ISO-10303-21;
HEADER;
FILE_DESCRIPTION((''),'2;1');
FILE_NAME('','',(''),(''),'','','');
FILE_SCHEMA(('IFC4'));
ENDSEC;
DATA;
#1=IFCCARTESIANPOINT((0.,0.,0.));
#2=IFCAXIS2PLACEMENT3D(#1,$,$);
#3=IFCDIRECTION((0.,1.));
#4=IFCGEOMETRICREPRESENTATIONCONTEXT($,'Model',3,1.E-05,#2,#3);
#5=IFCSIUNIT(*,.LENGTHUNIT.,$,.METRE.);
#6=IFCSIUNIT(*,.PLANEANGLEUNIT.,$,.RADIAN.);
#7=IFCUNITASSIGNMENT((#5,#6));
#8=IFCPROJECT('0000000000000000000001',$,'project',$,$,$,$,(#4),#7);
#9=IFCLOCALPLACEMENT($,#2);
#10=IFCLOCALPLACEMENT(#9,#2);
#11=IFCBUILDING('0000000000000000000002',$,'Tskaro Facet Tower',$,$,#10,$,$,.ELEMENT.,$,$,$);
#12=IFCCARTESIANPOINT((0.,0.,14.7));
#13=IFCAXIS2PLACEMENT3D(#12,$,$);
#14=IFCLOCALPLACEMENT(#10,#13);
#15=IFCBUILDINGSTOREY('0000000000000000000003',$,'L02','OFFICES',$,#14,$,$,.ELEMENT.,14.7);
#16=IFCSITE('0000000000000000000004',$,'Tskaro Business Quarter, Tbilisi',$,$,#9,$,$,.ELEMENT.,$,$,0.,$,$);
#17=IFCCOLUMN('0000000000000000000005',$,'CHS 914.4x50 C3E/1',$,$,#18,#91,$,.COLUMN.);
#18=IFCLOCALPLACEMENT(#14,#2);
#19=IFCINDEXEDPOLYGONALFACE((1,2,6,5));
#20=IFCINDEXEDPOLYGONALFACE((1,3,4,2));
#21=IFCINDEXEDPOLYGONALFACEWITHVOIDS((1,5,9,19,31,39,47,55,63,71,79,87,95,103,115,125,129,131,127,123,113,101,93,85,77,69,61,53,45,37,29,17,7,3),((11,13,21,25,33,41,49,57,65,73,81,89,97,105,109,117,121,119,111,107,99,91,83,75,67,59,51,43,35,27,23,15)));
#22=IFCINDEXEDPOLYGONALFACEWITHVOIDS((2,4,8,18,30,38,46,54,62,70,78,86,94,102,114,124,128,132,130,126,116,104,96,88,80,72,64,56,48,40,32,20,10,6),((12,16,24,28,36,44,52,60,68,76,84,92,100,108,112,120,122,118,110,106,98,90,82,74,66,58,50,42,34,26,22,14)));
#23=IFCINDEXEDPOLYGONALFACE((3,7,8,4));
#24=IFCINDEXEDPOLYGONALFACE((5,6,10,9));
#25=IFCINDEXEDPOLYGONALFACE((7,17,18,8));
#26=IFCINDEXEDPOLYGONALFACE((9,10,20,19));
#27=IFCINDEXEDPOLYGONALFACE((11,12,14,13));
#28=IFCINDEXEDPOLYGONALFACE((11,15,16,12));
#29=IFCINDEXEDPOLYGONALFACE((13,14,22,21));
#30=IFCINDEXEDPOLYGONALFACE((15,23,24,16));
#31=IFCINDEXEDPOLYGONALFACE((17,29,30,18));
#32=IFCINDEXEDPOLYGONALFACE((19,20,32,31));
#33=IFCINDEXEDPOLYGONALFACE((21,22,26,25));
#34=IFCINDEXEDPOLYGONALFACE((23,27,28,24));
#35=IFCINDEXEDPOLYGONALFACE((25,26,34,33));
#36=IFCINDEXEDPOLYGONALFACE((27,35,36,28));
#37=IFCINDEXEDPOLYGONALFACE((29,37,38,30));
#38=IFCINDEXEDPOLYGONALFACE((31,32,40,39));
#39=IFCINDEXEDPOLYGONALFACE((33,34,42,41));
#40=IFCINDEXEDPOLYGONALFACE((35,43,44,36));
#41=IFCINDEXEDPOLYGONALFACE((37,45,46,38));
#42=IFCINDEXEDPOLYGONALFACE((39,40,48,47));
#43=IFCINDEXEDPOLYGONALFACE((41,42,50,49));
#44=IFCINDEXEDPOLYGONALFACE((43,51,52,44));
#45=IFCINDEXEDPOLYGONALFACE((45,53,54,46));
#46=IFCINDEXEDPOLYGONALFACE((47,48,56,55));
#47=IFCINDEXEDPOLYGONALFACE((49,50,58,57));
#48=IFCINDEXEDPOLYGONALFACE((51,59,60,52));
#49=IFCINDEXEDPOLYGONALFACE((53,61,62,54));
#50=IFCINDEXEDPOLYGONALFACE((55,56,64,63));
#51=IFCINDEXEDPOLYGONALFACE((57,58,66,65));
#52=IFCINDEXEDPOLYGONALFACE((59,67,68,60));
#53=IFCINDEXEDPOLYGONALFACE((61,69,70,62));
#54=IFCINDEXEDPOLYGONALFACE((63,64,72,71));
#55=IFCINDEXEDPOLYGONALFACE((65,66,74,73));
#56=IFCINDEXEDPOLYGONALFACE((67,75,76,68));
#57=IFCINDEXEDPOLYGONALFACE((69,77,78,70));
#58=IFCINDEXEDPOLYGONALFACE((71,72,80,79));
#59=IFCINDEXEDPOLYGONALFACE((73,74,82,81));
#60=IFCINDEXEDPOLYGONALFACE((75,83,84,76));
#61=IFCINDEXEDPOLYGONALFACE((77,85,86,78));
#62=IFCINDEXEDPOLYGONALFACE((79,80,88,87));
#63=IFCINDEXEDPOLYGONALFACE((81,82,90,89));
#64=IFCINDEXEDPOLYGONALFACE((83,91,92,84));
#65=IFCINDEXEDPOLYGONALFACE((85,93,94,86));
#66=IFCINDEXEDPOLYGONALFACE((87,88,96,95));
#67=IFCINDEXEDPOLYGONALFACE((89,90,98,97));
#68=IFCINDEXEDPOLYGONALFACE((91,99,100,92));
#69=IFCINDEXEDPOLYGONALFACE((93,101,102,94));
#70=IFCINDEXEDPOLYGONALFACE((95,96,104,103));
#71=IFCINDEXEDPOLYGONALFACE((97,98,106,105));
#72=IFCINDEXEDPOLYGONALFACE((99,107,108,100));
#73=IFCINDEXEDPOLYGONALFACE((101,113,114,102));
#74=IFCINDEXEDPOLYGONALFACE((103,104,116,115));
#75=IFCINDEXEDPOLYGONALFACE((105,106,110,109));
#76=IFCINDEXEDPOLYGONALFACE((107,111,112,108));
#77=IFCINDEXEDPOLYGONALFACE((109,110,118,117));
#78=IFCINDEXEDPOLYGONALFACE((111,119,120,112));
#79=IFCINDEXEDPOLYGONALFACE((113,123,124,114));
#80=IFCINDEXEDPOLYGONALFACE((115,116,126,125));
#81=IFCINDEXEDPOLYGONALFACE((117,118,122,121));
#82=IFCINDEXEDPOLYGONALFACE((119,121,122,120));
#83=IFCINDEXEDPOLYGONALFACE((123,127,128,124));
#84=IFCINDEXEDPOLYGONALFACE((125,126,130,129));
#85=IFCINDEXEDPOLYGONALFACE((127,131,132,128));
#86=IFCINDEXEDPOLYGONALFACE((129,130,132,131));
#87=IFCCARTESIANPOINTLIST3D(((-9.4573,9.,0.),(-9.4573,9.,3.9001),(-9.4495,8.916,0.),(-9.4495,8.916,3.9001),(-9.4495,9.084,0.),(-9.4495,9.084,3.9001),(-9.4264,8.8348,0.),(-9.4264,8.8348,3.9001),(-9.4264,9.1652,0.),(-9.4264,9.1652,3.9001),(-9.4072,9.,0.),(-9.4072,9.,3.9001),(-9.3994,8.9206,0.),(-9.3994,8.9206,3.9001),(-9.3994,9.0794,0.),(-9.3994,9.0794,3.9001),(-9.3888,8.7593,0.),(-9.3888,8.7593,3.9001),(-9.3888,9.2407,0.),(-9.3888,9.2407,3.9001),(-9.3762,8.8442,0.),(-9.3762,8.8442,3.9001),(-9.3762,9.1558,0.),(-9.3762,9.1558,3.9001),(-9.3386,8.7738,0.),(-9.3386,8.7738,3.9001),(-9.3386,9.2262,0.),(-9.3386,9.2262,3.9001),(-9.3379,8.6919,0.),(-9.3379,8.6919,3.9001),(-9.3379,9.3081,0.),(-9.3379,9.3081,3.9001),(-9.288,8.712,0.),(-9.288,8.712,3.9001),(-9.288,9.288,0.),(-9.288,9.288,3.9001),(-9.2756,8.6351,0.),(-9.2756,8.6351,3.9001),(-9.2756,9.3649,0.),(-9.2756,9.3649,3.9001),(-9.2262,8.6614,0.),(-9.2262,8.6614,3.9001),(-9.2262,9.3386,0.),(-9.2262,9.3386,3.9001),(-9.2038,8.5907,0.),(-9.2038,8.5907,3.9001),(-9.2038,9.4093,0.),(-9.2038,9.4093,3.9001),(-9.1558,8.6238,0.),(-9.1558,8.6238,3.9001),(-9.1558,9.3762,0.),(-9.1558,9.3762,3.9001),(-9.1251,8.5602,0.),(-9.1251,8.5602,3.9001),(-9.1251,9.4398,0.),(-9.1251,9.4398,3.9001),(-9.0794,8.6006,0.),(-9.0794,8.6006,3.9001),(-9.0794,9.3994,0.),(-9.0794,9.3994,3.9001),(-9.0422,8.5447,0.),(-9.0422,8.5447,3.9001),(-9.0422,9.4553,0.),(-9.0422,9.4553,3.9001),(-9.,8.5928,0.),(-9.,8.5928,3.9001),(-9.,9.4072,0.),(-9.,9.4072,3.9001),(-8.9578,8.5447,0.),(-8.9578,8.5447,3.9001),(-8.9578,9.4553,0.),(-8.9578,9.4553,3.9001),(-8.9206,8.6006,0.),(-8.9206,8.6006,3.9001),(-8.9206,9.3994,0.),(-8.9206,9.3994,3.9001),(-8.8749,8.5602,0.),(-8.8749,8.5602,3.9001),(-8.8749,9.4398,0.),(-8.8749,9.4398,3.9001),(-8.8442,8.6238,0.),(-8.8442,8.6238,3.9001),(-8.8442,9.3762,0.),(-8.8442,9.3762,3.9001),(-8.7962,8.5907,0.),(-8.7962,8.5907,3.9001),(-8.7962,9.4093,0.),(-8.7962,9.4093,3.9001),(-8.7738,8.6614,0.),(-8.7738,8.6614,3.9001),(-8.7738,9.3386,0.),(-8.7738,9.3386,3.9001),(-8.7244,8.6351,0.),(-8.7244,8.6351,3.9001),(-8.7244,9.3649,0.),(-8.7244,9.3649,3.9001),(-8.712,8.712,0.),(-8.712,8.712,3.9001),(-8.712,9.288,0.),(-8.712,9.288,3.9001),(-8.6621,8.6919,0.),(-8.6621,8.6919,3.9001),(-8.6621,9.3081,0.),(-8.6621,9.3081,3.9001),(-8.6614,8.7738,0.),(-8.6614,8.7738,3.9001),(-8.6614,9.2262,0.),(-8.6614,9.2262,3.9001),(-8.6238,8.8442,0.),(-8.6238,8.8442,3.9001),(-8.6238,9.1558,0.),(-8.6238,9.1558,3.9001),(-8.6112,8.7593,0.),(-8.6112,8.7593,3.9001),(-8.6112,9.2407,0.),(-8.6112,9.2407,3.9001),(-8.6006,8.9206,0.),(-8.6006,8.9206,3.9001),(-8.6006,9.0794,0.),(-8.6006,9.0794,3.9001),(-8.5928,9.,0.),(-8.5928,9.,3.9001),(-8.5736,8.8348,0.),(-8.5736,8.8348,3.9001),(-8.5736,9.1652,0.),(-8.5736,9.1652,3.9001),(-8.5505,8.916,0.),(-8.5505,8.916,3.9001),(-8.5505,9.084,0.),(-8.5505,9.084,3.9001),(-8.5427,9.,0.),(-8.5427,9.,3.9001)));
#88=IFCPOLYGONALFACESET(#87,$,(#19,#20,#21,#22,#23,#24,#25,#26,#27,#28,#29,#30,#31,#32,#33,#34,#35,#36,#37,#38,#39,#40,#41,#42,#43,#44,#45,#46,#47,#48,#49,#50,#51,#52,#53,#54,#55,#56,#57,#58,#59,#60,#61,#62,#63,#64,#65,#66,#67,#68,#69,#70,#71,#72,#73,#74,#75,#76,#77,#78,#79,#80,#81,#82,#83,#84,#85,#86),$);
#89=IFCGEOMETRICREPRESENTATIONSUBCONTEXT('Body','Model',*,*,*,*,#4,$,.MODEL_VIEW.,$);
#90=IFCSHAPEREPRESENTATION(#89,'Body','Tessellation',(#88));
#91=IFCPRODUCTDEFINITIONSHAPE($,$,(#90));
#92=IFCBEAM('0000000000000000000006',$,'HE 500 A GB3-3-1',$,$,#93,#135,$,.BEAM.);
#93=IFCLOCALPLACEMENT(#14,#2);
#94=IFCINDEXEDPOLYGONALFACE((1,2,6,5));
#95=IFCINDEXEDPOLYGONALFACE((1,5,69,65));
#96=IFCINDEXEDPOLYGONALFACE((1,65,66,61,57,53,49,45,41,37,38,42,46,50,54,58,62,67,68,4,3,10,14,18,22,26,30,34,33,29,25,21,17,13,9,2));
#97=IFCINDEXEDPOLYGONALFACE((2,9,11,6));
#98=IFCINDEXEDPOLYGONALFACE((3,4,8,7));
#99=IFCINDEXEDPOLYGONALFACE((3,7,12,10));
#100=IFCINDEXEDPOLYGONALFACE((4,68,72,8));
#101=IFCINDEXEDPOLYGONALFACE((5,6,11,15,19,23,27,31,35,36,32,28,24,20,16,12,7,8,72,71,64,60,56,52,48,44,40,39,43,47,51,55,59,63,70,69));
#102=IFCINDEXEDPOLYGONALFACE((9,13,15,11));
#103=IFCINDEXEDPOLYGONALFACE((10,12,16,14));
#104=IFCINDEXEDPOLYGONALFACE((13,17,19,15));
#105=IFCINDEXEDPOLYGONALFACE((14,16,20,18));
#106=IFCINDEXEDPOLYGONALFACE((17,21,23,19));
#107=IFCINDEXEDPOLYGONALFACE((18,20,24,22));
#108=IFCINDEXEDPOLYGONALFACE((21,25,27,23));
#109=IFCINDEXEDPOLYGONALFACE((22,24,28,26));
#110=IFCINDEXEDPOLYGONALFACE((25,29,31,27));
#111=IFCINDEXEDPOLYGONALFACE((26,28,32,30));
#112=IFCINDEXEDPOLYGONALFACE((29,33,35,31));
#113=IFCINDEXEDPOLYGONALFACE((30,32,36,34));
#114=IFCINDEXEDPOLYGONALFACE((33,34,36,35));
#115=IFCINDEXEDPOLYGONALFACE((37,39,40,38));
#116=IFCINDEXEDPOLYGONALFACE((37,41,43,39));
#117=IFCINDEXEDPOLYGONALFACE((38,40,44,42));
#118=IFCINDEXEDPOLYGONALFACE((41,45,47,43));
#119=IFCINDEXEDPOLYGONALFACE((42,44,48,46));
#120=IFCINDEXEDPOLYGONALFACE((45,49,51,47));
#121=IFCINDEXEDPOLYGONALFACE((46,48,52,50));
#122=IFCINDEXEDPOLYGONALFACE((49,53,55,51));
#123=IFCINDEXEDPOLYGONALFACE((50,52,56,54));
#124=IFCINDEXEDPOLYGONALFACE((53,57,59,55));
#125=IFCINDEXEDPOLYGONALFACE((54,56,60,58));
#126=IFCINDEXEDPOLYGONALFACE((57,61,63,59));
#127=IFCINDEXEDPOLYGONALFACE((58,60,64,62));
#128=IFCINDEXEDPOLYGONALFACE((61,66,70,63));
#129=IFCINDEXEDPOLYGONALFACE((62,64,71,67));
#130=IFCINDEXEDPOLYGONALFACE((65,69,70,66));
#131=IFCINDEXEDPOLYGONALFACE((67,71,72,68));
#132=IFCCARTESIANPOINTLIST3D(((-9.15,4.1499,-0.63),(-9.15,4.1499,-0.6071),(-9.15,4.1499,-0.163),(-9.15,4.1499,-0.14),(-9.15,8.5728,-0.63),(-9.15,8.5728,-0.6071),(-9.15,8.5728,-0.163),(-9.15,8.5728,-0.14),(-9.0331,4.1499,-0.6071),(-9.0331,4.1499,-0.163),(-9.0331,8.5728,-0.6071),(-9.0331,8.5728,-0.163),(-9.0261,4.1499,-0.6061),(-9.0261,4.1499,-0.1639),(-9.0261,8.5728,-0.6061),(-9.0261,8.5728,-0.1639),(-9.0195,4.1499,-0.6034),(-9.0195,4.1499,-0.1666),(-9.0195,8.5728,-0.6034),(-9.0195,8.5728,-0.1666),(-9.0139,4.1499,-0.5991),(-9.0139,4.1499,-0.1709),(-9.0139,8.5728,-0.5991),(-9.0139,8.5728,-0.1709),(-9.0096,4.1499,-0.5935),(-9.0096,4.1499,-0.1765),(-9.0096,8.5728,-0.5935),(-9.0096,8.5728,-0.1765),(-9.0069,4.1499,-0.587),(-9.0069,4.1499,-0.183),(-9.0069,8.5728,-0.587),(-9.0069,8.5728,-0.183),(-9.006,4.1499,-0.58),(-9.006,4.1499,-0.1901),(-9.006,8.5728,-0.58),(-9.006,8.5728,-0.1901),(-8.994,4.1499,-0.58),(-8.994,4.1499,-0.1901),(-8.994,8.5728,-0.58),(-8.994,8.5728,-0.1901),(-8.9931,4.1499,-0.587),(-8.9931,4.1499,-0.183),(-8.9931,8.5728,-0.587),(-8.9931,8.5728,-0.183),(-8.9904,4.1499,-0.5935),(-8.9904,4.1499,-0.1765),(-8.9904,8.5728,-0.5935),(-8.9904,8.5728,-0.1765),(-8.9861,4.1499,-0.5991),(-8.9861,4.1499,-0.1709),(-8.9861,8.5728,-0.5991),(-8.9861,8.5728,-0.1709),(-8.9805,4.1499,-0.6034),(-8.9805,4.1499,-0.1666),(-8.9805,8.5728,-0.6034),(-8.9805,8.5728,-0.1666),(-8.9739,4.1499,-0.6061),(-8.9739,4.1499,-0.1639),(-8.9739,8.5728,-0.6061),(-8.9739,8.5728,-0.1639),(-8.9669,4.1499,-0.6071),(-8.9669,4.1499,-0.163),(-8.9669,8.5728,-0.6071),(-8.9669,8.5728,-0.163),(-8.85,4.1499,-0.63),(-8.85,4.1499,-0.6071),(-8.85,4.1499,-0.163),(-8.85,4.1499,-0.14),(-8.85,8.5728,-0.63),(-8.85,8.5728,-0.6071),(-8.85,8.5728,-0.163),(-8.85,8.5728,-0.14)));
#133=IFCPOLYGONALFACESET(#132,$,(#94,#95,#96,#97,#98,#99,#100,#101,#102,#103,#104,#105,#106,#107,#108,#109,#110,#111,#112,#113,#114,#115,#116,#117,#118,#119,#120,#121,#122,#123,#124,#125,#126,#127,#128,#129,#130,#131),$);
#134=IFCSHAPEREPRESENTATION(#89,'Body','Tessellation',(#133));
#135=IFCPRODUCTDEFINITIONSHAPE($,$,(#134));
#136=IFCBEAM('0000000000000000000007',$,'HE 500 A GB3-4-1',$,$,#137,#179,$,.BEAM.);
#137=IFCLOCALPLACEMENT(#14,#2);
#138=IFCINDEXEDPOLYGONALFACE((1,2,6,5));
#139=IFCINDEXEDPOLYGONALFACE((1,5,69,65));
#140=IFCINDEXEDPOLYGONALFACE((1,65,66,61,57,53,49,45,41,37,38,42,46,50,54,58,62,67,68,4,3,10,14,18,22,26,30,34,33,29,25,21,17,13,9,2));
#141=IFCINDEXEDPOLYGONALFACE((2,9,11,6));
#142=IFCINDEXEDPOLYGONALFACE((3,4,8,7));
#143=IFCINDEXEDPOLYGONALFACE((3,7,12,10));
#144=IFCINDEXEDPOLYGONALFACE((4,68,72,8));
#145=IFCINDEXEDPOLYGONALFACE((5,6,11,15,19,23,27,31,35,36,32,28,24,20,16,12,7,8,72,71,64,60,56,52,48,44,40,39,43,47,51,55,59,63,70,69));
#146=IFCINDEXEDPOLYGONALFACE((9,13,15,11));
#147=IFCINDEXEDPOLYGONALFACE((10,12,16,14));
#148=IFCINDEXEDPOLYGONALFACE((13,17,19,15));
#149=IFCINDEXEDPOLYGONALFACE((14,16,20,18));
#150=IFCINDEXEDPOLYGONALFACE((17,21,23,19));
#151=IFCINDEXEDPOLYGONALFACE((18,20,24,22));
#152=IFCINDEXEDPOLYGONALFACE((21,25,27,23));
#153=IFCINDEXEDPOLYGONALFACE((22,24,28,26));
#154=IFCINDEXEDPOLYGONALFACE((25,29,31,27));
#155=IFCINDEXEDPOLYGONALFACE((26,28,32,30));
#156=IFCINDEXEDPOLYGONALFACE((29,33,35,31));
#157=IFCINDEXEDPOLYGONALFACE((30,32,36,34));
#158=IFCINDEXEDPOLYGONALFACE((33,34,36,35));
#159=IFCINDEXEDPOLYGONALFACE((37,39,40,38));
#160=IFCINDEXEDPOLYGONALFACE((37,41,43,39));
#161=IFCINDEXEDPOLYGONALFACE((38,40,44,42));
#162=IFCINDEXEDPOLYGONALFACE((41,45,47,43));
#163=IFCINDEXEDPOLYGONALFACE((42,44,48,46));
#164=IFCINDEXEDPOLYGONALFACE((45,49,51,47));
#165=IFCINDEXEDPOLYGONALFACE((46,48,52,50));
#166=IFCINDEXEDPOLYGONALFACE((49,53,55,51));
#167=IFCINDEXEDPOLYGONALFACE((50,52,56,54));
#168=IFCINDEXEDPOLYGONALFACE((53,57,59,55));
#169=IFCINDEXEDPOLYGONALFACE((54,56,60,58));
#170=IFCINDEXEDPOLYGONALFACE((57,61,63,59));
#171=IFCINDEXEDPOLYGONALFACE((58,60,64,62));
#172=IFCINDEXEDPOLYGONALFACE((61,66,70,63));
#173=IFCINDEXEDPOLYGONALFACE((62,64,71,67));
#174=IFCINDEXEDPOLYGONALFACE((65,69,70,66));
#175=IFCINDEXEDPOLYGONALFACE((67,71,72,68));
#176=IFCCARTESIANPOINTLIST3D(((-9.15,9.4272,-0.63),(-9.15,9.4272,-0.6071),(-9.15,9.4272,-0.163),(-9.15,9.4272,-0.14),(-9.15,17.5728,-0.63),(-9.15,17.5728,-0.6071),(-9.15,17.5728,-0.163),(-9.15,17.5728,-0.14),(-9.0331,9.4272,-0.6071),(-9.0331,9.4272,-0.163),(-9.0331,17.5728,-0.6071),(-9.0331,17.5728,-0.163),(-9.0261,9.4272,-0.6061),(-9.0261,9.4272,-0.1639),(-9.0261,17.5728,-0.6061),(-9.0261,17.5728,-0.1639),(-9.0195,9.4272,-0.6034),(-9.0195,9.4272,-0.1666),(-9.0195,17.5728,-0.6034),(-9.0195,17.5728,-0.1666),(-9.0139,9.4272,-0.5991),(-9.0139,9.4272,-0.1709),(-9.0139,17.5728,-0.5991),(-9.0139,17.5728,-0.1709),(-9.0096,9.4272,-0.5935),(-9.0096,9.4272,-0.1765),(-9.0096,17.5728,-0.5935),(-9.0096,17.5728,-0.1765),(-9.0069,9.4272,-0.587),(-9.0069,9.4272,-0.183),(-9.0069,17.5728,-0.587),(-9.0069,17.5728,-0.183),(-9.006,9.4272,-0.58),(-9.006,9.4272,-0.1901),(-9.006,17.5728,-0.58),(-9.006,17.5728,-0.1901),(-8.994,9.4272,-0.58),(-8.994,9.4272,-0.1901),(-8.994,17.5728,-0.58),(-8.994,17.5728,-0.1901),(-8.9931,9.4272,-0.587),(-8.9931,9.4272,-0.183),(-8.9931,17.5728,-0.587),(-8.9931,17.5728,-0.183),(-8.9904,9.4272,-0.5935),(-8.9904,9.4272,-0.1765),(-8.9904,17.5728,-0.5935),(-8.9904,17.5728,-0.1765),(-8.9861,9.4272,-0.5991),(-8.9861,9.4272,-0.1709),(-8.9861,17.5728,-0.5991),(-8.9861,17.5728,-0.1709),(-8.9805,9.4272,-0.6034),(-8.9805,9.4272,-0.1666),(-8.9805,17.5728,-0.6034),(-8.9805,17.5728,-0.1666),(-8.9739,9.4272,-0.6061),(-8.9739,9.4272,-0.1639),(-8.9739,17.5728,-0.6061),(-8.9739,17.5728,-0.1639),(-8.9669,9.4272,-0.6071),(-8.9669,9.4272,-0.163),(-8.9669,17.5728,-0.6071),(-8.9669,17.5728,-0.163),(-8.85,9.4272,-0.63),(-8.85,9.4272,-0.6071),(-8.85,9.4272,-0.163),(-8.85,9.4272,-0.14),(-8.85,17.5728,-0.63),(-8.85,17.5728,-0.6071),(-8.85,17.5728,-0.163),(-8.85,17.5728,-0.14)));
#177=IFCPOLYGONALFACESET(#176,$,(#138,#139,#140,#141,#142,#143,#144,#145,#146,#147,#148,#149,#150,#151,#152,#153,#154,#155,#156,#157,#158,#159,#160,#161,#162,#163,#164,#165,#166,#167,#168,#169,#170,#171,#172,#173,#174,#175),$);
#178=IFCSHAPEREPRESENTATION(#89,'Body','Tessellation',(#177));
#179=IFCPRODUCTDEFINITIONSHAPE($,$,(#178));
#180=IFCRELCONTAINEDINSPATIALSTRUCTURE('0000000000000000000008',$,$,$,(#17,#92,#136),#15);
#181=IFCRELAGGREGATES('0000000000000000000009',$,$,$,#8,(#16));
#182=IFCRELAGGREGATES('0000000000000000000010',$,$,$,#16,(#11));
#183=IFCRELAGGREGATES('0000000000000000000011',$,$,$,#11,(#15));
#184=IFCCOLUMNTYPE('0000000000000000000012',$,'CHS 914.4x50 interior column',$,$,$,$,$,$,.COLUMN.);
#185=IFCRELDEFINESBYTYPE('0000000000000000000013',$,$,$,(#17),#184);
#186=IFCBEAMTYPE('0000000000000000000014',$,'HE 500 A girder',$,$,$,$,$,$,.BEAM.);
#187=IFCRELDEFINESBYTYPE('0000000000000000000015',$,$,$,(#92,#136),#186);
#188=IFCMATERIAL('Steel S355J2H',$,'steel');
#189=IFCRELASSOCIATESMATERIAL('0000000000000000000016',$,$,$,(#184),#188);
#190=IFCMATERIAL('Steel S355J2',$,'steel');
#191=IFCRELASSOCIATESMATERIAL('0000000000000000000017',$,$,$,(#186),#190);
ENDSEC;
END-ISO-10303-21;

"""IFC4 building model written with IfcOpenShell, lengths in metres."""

from ifc_helpers import new_model, si_unit, direction, frame, origin, origin_2d, place, context, subcontext, project, spatial, hollow_circle, i_section, extrude, material, material_profile, profile_set, type_object, element, save


model = new_model("IFC4")

# Units and contexts
model_context = context("Model", 3, precision=1e-05, world=origin(), true_north=direction((0.0, 1.0)))
body_context = subcontext(model_context, "Body", "Model", "MODEL_VIEW")
ifc_project = project(units=[si_unit("LENGTHUNIT", "METRE"), si_unit("PLANEANGLEUNIT", "RADIAN")], contexts=[model_context])

# Site, building, storey
site_placement = place(None, origin())
site = spatial("IfcSite", under=ifc_project, at=site_placement, Name="Tskaro Business Quarter, Tbilisi", CompositionType="ELEMENT", RefElevation=0.0)
building_placement = place(site_placement, origin())
building = spatial("IfcBuilding", under=site, at=building_placement, Name="Tskaro Facet Tower", CompositionType="ELEMENT")
storey_placement = place(building_placement, frame((0.0, 0.0, 14.7)))
storey = spatial("IfcBuildingStorey", under=building, at=storey_placement, Name="L02", Description="OFFICES", CompositionType="ELEMENT", Elevation=14.7)

# Column
ifc_material_1 = material(Name="Steel S355J2H", Category="steel")
ifc_material_profile_1 = material_profile(ifc_material_1, hollow_circle(Radius=0.4573, WallThickness=0.05, at=origin_2d()), Name="CHS 914.4x50")
ifc_profile_set_1 = profile_set([ifc_material_profile_1], Name="Steel S355J2H")
column_type = type_object("IfcColumnType", Name="CHS 914.4x50 interior column", PredefinedType="COLUMN", material=ifc_profile_set_1)
column_placement = place(storey_placement, frame((-9.0, 9.0, 0.0), z_axis=(0.0, 0.0, 1.0), x_axis=(1.0, 0.0, 0.0)))
element("IfcColumn", 1, at=column_placement, inside=storey, type_object=column_type, Name="CHS 914.4x50 C3E/1", PredefinedType="COLUMN", context=body_context, shape_type="SweptSolid", body=[
    extrude(hollow_circle(Radius=0.4573, WallThickness=0.05, at=origin_2d()), origin(), (0.0, 0.0, 1.0), 3.9001),
])

# Beams
ifc_material_2 = material(Name="Steel S355J2", Category="steel")
ifc_material_profile_2 = material_profile(ifc_material_2, i_section(OverallWidth=0.3, OverallDepth=0.49, WebThickness=0.012, FlangeThickness=0.0229, FilletRadius=0.0271, at=origin_2d()), Name="HE 500 A")
ifc_profile_set_2 = profile_set([ifc_material_profile_2], Name="Steel S355J2")
beam_type_1 = type_object("IfcBeamType", Name="HE 500 A girder", PredefinedType="BEAM", material=ifc_profile_set_2)
beam_1_placement = place(storey_placement, frame((-9.0, 4.1499, -0.385), z_axis=(0.0, 1.0, 0.0), x_axis=(-1.0, 0.0, 0.0)))
element("IfcBeam", 2, at=beam_1_placement, inside=storey, type_object=beam_type_1, Name="HE 500 A GB3-3-1", PredefinedType="BEAM", context=body_context, shape_type="SweptSolid", body=[
    extrude(i_section(OverallWidth=0.3, OverallDepth=0.49, WebThickness=0.012, FlangeThickness=0.0229, FilletRadius=0.0271, at=origin_2d()), origin(), (0.0, 0.0, 1.0), 4.4229),
])
beam_2_placement = place(storey_placement, frame((-9.0, 9.4272, -0.385), z_axis=(0.0, 1.0, 0.0), x_axis=(-1.0, 0.0, 0.0)))
element("IfcBeam", 3, at=beam_2_placement, inside=storey, type_object=beam_type_1, Name="HE 500 A GB3-4-1", PredefinedType="BEAM", context=body_context, shape_type="SweptSolid", body=[
    extrude(i_section(OverallWidth=0.3, OverallDepth=0.49, WebThickness=0.012, FlangeThickness=0.0229, FilletRadius=0.0271, at=origin_2d()), origin(), (0.0, 0.0, 1.0), 8.1455),
])

save(model, "model.ifc")
